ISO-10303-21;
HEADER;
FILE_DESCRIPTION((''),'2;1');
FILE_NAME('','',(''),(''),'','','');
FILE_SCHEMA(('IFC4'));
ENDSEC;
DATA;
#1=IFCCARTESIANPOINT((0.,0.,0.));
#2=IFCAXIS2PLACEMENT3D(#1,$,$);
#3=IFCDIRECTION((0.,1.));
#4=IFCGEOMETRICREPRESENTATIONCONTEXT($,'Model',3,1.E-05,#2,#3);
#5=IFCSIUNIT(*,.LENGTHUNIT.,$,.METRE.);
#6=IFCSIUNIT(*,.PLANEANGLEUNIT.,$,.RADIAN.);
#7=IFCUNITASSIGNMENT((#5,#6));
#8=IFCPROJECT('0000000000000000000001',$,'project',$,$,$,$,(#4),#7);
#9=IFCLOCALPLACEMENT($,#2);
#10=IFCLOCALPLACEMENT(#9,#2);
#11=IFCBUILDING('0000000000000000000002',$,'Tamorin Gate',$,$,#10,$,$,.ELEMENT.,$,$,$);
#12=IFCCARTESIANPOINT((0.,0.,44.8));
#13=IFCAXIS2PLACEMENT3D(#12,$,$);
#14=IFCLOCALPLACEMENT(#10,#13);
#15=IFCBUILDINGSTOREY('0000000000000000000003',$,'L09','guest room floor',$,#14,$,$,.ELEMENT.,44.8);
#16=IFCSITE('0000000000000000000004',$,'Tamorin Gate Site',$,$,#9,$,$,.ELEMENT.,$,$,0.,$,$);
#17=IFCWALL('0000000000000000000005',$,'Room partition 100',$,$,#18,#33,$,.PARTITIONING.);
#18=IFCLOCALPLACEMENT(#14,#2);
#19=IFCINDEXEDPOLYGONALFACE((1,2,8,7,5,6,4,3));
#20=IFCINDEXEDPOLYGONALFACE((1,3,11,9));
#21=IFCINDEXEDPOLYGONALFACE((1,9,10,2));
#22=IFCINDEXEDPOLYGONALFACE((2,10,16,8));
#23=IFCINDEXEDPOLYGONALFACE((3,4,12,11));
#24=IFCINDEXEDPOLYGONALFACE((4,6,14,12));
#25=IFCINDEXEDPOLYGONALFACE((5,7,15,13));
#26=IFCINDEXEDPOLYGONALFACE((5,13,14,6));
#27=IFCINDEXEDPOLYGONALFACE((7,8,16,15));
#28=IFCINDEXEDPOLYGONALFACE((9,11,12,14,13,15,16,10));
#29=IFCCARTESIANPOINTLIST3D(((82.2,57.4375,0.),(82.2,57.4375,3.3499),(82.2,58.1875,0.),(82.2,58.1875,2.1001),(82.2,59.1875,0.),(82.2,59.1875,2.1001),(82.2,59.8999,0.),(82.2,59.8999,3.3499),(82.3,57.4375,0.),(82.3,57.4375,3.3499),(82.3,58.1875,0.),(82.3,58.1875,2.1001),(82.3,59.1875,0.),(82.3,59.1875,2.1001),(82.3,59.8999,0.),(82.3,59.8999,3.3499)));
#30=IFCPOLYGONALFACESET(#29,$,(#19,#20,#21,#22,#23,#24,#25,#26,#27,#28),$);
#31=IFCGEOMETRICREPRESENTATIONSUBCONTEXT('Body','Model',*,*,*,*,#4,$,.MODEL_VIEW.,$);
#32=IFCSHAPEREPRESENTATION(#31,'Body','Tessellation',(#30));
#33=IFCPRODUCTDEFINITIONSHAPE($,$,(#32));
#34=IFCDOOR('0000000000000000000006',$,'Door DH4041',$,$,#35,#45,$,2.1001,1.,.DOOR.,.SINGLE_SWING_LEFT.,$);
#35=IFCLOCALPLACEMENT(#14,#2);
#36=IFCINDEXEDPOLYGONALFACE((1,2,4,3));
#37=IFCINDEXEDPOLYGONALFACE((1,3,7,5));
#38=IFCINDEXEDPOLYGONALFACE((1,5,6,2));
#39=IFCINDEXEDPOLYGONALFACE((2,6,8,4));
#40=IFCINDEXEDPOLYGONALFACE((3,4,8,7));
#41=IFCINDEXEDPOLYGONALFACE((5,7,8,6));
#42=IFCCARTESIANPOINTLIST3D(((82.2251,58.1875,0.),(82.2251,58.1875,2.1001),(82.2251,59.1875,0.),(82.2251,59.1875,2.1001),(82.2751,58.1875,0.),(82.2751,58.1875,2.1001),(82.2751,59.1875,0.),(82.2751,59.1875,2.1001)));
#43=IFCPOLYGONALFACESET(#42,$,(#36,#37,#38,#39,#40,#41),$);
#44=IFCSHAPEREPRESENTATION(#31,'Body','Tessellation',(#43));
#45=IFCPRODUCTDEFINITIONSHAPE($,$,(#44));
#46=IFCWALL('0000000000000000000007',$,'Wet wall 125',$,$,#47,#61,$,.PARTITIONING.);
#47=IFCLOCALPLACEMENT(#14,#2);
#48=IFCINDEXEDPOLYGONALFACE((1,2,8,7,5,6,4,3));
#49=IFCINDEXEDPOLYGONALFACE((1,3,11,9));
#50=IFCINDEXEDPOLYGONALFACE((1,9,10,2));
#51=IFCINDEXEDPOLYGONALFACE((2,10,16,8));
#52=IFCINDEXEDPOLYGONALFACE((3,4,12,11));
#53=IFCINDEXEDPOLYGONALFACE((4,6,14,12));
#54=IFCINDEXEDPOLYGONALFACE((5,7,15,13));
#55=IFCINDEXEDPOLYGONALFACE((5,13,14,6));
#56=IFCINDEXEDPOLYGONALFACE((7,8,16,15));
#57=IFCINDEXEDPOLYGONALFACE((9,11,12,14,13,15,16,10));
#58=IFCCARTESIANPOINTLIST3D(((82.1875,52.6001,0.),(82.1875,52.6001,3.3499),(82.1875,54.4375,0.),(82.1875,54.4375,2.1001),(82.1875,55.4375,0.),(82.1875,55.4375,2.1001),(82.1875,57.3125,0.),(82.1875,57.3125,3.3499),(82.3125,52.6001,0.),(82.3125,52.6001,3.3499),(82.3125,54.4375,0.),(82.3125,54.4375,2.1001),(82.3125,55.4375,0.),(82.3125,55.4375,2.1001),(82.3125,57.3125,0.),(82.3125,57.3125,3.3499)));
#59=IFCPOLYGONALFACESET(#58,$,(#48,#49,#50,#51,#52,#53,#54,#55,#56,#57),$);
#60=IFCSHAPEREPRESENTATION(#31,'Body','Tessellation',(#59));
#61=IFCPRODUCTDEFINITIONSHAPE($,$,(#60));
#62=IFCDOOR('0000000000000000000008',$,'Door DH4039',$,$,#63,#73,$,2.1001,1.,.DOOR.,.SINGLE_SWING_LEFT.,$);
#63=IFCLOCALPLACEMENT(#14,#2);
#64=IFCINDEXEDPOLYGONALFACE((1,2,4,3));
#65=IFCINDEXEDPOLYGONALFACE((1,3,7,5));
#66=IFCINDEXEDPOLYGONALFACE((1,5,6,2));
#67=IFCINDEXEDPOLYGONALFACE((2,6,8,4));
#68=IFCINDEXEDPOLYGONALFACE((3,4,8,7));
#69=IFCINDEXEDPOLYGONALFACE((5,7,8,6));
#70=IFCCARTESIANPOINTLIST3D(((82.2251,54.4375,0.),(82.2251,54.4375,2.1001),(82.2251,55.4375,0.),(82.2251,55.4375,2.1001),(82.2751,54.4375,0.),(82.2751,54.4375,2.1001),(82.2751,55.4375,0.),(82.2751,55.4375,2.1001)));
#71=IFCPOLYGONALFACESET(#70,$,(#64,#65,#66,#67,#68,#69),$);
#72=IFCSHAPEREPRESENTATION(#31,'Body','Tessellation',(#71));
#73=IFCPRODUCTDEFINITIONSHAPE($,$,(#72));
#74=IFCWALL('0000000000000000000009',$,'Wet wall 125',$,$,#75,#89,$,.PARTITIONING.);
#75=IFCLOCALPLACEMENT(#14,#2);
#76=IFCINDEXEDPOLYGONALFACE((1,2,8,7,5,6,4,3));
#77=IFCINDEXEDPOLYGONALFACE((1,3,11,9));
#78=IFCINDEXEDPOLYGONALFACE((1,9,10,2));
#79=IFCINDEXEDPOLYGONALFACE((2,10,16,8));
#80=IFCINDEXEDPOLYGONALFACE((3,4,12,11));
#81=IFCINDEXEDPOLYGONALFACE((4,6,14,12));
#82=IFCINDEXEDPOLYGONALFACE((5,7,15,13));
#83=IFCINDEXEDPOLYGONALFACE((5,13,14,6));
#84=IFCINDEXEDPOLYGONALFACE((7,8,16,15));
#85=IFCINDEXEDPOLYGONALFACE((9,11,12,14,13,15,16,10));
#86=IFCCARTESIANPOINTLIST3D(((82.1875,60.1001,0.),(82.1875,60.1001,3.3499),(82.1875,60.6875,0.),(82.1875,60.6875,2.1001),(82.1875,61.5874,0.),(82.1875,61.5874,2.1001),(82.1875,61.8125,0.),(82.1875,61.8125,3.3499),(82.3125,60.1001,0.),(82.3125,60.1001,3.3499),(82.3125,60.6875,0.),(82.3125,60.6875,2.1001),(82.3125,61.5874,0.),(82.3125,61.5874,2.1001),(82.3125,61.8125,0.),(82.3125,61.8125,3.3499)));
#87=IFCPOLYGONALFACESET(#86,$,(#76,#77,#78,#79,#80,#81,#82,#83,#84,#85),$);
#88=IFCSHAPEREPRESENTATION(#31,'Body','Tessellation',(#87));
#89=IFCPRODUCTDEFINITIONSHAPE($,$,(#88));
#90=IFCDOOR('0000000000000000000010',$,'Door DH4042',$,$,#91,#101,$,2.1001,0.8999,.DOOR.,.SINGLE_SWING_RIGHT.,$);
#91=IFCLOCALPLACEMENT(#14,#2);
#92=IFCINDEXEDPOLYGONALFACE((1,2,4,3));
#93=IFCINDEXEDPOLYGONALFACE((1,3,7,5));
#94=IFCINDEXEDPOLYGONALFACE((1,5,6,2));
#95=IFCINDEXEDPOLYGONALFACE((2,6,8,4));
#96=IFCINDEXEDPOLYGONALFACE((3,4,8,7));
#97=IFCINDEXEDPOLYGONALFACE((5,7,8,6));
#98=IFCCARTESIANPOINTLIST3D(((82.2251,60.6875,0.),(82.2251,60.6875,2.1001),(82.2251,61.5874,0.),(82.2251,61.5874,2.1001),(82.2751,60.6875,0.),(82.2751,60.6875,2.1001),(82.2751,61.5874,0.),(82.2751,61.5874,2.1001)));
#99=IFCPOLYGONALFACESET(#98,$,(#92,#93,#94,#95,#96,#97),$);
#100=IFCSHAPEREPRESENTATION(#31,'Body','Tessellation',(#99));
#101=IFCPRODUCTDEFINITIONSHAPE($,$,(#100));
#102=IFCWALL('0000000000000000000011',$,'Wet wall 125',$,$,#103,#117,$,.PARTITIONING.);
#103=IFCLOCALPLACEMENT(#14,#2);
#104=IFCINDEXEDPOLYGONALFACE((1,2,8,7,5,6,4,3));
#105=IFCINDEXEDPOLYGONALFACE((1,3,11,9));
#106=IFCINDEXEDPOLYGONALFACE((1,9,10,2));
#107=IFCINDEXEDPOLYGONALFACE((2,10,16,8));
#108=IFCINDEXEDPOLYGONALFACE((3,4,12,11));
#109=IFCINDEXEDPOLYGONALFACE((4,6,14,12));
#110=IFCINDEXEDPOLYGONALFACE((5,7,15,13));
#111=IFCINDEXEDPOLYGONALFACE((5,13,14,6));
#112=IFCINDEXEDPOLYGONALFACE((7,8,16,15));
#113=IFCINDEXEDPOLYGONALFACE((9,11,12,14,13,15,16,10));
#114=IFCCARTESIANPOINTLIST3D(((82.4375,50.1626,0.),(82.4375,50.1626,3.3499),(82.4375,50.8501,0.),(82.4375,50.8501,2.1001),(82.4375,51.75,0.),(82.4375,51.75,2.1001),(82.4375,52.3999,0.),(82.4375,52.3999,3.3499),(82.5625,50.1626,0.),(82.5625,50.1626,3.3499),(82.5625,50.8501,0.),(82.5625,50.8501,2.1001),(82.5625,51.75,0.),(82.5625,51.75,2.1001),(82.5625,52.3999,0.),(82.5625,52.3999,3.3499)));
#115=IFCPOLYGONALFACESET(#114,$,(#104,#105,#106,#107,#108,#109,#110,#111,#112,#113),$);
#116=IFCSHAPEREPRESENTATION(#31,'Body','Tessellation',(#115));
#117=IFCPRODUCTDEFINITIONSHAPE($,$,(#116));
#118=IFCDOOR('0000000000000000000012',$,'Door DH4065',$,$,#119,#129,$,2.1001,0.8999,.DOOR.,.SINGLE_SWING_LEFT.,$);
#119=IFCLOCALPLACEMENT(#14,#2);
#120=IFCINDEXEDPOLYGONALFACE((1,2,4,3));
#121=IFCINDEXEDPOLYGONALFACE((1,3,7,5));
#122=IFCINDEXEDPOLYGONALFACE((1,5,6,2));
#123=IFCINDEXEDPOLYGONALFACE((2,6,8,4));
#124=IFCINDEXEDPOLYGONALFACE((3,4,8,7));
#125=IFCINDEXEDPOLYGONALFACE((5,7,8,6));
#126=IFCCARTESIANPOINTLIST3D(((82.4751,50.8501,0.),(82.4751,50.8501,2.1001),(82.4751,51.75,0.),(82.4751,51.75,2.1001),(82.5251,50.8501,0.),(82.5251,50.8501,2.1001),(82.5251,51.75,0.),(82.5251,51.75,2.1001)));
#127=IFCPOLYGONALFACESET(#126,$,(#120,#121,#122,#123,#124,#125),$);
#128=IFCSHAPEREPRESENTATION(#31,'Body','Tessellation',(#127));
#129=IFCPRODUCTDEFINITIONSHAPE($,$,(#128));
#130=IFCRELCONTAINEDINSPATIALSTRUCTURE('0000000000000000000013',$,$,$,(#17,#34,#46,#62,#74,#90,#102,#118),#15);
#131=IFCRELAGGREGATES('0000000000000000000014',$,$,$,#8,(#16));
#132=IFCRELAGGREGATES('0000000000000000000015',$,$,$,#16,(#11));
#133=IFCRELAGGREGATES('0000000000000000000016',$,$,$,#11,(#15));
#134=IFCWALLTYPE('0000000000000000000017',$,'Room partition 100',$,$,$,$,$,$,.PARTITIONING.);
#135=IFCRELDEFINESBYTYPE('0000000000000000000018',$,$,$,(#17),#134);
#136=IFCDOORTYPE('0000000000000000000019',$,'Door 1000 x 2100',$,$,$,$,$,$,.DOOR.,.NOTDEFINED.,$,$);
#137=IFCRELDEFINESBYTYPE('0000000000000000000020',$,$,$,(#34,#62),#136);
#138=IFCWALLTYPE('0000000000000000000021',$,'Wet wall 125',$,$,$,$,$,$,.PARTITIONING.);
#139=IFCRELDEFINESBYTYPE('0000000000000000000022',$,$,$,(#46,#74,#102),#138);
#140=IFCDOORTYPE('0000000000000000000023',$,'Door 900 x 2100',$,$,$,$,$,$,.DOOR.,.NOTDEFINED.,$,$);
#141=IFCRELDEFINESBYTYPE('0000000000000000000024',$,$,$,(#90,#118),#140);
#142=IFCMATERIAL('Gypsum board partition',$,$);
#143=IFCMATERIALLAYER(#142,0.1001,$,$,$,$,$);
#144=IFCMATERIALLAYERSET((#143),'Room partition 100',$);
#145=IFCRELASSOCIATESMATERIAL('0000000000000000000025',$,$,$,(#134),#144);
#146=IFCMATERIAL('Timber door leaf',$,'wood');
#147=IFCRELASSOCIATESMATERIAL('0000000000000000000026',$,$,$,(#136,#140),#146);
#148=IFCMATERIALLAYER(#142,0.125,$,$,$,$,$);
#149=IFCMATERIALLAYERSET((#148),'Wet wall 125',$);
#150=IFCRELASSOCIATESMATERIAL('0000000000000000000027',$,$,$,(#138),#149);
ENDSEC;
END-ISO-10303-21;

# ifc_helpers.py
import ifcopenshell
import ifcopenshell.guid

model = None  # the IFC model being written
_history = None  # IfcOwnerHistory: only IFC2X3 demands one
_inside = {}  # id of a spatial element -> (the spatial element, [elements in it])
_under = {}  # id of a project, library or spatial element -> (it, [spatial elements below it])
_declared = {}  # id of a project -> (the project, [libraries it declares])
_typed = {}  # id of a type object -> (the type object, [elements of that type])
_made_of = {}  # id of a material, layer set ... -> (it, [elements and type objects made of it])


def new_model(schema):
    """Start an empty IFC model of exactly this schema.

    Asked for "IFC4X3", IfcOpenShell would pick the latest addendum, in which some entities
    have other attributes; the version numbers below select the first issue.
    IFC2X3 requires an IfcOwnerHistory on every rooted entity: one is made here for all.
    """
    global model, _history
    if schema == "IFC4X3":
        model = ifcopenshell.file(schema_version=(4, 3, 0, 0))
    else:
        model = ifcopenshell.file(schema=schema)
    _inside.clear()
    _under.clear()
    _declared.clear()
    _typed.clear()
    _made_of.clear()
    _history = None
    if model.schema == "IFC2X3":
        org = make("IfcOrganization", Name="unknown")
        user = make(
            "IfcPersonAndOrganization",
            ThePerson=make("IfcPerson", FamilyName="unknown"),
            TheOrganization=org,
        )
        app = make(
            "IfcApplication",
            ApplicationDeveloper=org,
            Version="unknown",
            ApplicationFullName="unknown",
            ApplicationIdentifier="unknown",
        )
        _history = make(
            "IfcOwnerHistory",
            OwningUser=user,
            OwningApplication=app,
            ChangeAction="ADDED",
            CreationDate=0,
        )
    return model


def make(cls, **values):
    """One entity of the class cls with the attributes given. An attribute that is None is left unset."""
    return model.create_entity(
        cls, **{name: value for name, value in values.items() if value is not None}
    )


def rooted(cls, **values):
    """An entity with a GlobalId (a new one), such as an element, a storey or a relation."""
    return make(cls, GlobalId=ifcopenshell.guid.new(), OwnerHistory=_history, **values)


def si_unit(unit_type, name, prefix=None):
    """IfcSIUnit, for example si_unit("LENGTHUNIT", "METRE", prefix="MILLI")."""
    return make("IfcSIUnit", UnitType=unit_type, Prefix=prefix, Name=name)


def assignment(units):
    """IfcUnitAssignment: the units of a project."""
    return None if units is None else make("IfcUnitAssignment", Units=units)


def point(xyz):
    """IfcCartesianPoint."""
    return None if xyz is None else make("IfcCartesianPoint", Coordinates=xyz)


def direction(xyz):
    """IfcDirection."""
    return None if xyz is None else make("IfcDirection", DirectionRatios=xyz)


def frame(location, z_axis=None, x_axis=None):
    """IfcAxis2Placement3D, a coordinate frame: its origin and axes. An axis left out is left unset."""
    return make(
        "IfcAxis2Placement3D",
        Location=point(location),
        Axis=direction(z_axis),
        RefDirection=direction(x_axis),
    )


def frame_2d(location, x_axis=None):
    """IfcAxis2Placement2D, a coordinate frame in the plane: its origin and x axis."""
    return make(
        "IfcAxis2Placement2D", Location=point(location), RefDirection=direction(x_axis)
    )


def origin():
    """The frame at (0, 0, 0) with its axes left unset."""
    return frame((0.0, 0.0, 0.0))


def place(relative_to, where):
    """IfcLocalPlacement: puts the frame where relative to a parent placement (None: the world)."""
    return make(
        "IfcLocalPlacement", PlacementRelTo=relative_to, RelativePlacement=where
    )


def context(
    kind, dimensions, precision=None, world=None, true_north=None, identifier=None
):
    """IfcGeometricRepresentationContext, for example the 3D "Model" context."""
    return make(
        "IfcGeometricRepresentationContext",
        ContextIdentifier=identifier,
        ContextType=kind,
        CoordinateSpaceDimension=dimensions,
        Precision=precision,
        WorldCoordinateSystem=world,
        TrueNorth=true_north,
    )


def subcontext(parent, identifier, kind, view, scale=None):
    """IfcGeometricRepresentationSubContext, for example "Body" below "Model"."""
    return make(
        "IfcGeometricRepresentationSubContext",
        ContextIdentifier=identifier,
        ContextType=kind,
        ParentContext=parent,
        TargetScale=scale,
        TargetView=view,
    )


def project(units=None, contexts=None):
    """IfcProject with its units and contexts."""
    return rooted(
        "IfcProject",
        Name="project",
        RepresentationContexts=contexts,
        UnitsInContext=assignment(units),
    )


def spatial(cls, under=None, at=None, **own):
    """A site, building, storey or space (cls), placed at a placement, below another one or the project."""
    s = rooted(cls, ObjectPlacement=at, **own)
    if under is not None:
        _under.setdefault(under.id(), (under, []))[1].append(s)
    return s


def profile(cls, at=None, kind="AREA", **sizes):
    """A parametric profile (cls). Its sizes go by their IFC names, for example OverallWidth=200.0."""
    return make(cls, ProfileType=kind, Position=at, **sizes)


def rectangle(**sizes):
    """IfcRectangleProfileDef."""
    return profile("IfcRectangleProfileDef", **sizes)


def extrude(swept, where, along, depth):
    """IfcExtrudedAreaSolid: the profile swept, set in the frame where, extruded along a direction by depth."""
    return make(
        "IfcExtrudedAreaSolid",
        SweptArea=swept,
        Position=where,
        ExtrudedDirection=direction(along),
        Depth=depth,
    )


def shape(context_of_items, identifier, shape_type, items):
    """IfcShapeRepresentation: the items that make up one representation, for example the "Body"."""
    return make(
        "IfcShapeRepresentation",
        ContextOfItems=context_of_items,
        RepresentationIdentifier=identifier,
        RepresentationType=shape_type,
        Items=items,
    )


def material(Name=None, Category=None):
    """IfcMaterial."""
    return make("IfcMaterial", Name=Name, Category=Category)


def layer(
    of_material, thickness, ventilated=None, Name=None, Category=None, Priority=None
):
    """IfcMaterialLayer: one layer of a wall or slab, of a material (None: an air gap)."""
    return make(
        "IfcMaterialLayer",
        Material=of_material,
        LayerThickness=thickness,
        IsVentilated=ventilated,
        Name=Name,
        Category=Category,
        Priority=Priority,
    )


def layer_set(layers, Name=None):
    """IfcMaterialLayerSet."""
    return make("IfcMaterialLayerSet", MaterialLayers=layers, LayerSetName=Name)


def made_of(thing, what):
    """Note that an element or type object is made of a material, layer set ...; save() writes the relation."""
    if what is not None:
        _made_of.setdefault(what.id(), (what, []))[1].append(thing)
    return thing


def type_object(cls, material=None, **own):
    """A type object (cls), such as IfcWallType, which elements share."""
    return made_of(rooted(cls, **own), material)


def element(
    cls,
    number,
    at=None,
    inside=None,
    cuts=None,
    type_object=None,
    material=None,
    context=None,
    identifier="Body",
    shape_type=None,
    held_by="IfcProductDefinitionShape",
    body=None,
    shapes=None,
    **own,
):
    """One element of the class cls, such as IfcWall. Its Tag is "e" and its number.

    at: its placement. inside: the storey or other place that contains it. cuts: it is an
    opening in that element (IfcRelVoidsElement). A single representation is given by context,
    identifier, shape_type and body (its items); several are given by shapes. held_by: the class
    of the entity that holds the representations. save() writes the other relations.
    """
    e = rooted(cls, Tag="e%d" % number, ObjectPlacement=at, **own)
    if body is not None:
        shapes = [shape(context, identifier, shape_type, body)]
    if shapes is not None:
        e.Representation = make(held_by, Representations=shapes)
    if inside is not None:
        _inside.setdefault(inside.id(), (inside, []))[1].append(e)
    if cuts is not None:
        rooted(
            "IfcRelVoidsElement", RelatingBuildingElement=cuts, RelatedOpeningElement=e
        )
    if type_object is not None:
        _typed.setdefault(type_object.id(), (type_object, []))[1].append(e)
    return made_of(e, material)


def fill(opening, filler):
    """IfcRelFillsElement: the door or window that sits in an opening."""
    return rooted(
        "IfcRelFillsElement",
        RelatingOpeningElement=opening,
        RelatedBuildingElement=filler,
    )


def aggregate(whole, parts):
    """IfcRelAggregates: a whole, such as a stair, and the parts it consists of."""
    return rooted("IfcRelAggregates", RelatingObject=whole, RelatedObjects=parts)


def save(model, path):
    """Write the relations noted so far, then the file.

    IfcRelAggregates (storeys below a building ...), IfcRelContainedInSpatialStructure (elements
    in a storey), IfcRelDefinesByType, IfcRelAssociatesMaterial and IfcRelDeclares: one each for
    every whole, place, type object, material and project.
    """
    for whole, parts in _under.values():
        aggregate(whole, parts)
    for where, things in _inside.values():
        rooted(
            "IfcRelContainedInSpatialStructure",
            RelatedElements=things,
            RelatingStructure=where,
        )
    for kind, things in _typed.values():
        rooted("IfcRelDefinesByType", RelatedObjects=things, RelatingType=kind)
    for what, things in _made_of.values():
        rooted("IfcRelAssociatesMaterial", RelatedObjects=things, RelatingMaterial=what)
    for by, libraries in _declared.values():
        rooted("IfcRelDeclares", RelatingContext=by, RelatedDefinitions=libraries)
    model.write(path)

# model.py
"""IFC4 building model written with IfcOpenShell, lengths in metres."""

from ifc_helpers import new_model, si_unit, direction, frame, frame_2d, origin, place, context, subcontext, project, spatial, rectangle, extrude, material, layer, layer_set, type_object, element, fill, save


model = new_model("IFC4")

# Units and contexts
model_context = context("Model", 3, precision=1e-05, world=origin(), true_north=direction((0.0, 1.0)))
body_context = subcontext(model_context, "Body", "Model", "MODEL_VIEW")
ifc_project = project(units=[si_unit("LENGTHUNIT", "METRE"), si_unit("PLANEANGLEUNIT", "RADIAN")], contexts=[model_context])

# Site, building, storey
site_placement = place(None, origin())
site = spatial("IfcSite", under=ifc_project, at=site_placement, Name="Tamorin Gate Site", CompositionType="ELEMENT", RefElevation=0.0)
building_placement = place(site_placement, origin())
building = spatial("IfcBuilding", under=site, at=building_placement, Name="Tamorin Gate", CompositionType="ELEMENT")
storey_placement = place(building_placement, frame((0.0, 0.0, 44.8)))
storey = spatial("IfcBuildingStorey", under=building, at=storey_placement, Name="L09", Description="guest room floor", CompositionType="ELEMENT", Elevation=44.8)

# Walls, openings, doors
ifc_material_1 = material(Name="Gypsum board partition")
ifc_layer_1 = layer(ifc_material_1, 0.1001)
ifc_layer_set_1 = layer_set([ifc_layer_1], Name="Room partition 100")
wall_type_1 = type_object("IfcWallType", Name="Room partition 100", PredefinedType="PARTITIONING", material=ifc_layer_set_1)
wall_1_placement = place(storey_placement, frame((82.25, 57.4375, 0.0), z_axis=(0.0, 0.0, 1.0), x_axis=(0.0, 1.0, 0.0)))
wall_1 = element("IfcWall", 1, at=wall_1_placement, inside=storey, type_object=wall_type_1, Name="Room partition 100", PredefinedType="PARTITIONING", context=body_context, shape_type="SweptSolid", body=[
    extrude(rectangle(XDim=2.4624, YDim=0.1001, at=frame_2d((1.2312, 0.0))), origin(), (0.0, 0.0, 1.0), 3.3499),
])
opening_1_placement = place(wall_1_placement, frame((0.75, 0.0, 0.0)))
opening_1 = element("IfcOpeningElement", 2, at=opening_1_placement, cuts=wall_1, PredefinedType="OPENING", context=body_context, shape_type="SweptSolid", body=[
    extrude(rectangle(XDim=1.0, YDim=2.1001, at=frame_2d((0.5, 1.05))), frame((0.0, 0.0601, 0.0), z_axis=(0.0, -1.0, 0.0), x_axis=(1.0, 0.0, 0.0)), (0.0, 0.0, 1.0), 0.1201),
])
ifc_material_2 = material(Name="Timber door leaf", Category="wood")
door_type_1 = type_object("IfcDoorType", Name="Door 1000 x 2100", OperationType="NOTDEFINED", PredefinedType="DOOR", material=ifc_material_2)
door_1_placement = place(opening_1_placement, origin())
door_1 = element("IfcDoor", 3, at=door_1_placement, inside=storey, type_object=door_type_1, Name="Door DH4041", OperationType="SINGLE_SWING_LEFT", OverallHeight=2.1001, OverallWidth=1.0, PredefinedType="DOOR", context=body_context, shape_type="SweptSolid", body=[
    extrude(rectangle(XDim=1.0, YDim=2.1001, at=frame_2d((0.5, 1.05))), frame((0.0, 0.0249, 0.0), z_axis=(0.0, -1.0, 0.0), x_axis=(1.0, 0.0, 0.0)), (0.0, 0.0, 1.0), 0.05),
])
fill(opening_1, door_1)
ifc_layer_2 = layer(ifc_material_1, 0.125)
ifc_layer_set_2 = layer_set([ifc_layer_2], Name="Wet wall 125")
wall_type_2 = type_object("IfcWallType", Name="Wet wall 125", PredefinedType="PARTITIONING", material=ifc_layer_set_2)
wall_2_placement = place(storey_placement, frame((82.25, 52.6001, 0.0), z_axis=(0.0, 0.0, 1.0), x_axis=(0.0, 1.0, 0.0)))
wall_2 = element("IfcWall", 4, at=wall_2_placement, inside=storey, type_object=wall_type_2, Name="Wet wall 125", PredefinedType="PARTITIONING", context=body_context, shape_type="SweptSolid", body=[
    extrude(rectangle(XDim=4.7124, YDim=0.125, at=frame_2d((2.3562, 0.0))), origin(), (0.0, 0.0, 1.0), 3.3499),
])
opening_2_placement = place(wall_2_placement, frame((1.8374, 0.0, 0.0)))
opening_2 = element("IfcOpeningElement", 5, at=opening_2_placement, cuts=wall_2, PredefinedType="OPENING", context=body_context, shape_type="SweptSolid", body=[
    extrude(rectangle(XDim=1.0, YDim=2.1001, at=frame_2d((0.5, 1.05))), frame((0.0, 0.0725, 0.0), z_axis=(0.0, -1.0, 0.0), x_axis=(1.0, 0.0, 0.0)), (0.0, 0.0, 1.0), 0.145),
])
door_2_placement = place(opening_2_placement, origin())
door_2 = element("IfcDoor", 6, at=door_2_placement, inside=storey, type_object=door_type_1, Name="Door DH4039", OperationType="SINGLE_SWING_LEFT", OverallHeight=2.1001, OverallWidth=1.0, PredefinedType="DOOR", context=body_context, shape_type="SweptSolid", body=[
    extrude(rectangle(XDim=1.0, YDim=2.1001, at=frame_2d((0.5, 1.05))), frame((0.0, 0.0249, 0.0), z_axis=(0.0, -1.0, 0.0), x_axis=(1.0, 0.0, 0.0)), (0.0, 0.0, 1.0), 0.05),
])
fill(opening_2, door_2)
wall_3_placement = place(storey_placement, frame((82.25, 60.1001, 0.0), z_axis=(0.0, 0.0, 1.0), x_axis=(0.0, 1.0, 0.0)))
wall_3 = element("IfcWall", 7, at=wall_3_placement, inside=storey, type_object=wall_type_2, Name="Wet wall 125", PredefinedType="PARTITIONING", context=body_context, shape_type="SweptSolid", body=[
    extrude(rectangle(XDim=1.7124, YDim=0.125, at=frame_2d((0.8562, 0.0))), origin(), (0.0, 0.0, 1.0), 3.3499),
])
opening_3_placement = place(wall_3_placement, frame((0.5874, 0.0, 0.0)))
opening_3 = element("IfcOpeningElement", 8, at=opening_3_placement, cuts=wall_3, PredefinedType="OPENING", context=body_context, shape_type="SweptSolid", body=[
    extrude(rectangle(XDim=0.8999, YDim=2.1001, at=frame_2d((0.45, 1.05))), frame((0.0, 0.0725, 0.0), z_axis=(0.0, -1.0, 0.0), x_axis=(1.0, 0.0, 0.0)), (0.0, 0.0, 1.0), 0.145),
])
door_type_2 = type_object("IfcDoorType", Name="Door 900 x 2100", OperationType="NOTDEFINED", PredefinedType="DOOR", material=ifc_material_2)
door_3_placement = place(opening_3_placement, origin())
door_3 = element("IfcDoor", 9, at=door_3_placement, inside=storey, type_object=door_type_2, Name="Door DH4042", OperationType="SINGLE_SWING_RIGHT", OverallHeight=2.1001, OverallWidth=0.8999, PredefinedType="DOOR", context=body_context, shape_type="SweptSolid", body=[
    extrude(rectangle(XDim=0.8999, YDim=2.1001, at=frame_2d((0.45, 1.05))), frame((0.0, 0.0249, 0.0), z_axis=(0.0, -1.0, 0.0), x_axis=(1.0, 0.0, 0.0)), (0.0, 0.0, 1.0), 0.05),
])
fill(opening_3, door_3)
wall_4_placement = place(storey_placement, frame((82.5, 50.1626, 0.0), z_axis=(0.0, 0.0, 1.0), x_axis=(0.0, 1.0, 0.0)))
wall_4 = element("IfcWall", 10, at=wall_4_placement, inside=storey, type_object=wall_type_2, Name="Wet wall 125", PredefinedType="PARTITIONING", context=body_context, shape_type="SweptSolid", body=[
    extrude(rectangle(XDim=2.2373, YDim=0.125, at=frame_2d((1.1187, 0.0))), origin(), (0.0, 0.0, 1.0), 3.3499),
])
opening_4_placement = place(wall_4_placement, frame((0.6875, 0.0, 0.0)))
opening_4 = element("IfcOpeningElement", 11, at=opening_4_placement, cuts=wall_4, PredefinedType="OPENING", context=body_context, shape_type="SweptSolid", body=[
    extrude(rectangle(XDim=0.8999, YDim=2.1001, at=frame_2d((0.45, 1.05))), frame((0.0, 0.0725, 0.0), z_axis=(0.0, -1.0, 0.0), x_axis=(1.0, 0.0, 0.0)), (0.0, 0.0, 1.0), 0.145),
])
door_4_placement = place(opening_4_placement, origin())
door_4 = element("IfcDoor", 12, at=door_4_placement, inside=storey, type_object=door_type_2, Name="Door DH4065", OperationType="SINGLE_SWING_LEFT", OverallHeight=2.1001, OverallWidth=0.8999, PredefinedType="DOOR", context=body_context, shape_type="SweptSolid", body=[
    extrude(rectangle(XDim=0.8999, YDim=2.1001, at=frame_2d((0.45, 1.05))), frame((0.0, 0.0249, 0.0), z_axis=(0.0, -1.0, 0.0), x_axis=(1.0, 0.0, 0.0)), (0.0, 0.0, 1.0), 0.05),
])
fill(opening_4, door_4)

save(model, "model.ifc")
